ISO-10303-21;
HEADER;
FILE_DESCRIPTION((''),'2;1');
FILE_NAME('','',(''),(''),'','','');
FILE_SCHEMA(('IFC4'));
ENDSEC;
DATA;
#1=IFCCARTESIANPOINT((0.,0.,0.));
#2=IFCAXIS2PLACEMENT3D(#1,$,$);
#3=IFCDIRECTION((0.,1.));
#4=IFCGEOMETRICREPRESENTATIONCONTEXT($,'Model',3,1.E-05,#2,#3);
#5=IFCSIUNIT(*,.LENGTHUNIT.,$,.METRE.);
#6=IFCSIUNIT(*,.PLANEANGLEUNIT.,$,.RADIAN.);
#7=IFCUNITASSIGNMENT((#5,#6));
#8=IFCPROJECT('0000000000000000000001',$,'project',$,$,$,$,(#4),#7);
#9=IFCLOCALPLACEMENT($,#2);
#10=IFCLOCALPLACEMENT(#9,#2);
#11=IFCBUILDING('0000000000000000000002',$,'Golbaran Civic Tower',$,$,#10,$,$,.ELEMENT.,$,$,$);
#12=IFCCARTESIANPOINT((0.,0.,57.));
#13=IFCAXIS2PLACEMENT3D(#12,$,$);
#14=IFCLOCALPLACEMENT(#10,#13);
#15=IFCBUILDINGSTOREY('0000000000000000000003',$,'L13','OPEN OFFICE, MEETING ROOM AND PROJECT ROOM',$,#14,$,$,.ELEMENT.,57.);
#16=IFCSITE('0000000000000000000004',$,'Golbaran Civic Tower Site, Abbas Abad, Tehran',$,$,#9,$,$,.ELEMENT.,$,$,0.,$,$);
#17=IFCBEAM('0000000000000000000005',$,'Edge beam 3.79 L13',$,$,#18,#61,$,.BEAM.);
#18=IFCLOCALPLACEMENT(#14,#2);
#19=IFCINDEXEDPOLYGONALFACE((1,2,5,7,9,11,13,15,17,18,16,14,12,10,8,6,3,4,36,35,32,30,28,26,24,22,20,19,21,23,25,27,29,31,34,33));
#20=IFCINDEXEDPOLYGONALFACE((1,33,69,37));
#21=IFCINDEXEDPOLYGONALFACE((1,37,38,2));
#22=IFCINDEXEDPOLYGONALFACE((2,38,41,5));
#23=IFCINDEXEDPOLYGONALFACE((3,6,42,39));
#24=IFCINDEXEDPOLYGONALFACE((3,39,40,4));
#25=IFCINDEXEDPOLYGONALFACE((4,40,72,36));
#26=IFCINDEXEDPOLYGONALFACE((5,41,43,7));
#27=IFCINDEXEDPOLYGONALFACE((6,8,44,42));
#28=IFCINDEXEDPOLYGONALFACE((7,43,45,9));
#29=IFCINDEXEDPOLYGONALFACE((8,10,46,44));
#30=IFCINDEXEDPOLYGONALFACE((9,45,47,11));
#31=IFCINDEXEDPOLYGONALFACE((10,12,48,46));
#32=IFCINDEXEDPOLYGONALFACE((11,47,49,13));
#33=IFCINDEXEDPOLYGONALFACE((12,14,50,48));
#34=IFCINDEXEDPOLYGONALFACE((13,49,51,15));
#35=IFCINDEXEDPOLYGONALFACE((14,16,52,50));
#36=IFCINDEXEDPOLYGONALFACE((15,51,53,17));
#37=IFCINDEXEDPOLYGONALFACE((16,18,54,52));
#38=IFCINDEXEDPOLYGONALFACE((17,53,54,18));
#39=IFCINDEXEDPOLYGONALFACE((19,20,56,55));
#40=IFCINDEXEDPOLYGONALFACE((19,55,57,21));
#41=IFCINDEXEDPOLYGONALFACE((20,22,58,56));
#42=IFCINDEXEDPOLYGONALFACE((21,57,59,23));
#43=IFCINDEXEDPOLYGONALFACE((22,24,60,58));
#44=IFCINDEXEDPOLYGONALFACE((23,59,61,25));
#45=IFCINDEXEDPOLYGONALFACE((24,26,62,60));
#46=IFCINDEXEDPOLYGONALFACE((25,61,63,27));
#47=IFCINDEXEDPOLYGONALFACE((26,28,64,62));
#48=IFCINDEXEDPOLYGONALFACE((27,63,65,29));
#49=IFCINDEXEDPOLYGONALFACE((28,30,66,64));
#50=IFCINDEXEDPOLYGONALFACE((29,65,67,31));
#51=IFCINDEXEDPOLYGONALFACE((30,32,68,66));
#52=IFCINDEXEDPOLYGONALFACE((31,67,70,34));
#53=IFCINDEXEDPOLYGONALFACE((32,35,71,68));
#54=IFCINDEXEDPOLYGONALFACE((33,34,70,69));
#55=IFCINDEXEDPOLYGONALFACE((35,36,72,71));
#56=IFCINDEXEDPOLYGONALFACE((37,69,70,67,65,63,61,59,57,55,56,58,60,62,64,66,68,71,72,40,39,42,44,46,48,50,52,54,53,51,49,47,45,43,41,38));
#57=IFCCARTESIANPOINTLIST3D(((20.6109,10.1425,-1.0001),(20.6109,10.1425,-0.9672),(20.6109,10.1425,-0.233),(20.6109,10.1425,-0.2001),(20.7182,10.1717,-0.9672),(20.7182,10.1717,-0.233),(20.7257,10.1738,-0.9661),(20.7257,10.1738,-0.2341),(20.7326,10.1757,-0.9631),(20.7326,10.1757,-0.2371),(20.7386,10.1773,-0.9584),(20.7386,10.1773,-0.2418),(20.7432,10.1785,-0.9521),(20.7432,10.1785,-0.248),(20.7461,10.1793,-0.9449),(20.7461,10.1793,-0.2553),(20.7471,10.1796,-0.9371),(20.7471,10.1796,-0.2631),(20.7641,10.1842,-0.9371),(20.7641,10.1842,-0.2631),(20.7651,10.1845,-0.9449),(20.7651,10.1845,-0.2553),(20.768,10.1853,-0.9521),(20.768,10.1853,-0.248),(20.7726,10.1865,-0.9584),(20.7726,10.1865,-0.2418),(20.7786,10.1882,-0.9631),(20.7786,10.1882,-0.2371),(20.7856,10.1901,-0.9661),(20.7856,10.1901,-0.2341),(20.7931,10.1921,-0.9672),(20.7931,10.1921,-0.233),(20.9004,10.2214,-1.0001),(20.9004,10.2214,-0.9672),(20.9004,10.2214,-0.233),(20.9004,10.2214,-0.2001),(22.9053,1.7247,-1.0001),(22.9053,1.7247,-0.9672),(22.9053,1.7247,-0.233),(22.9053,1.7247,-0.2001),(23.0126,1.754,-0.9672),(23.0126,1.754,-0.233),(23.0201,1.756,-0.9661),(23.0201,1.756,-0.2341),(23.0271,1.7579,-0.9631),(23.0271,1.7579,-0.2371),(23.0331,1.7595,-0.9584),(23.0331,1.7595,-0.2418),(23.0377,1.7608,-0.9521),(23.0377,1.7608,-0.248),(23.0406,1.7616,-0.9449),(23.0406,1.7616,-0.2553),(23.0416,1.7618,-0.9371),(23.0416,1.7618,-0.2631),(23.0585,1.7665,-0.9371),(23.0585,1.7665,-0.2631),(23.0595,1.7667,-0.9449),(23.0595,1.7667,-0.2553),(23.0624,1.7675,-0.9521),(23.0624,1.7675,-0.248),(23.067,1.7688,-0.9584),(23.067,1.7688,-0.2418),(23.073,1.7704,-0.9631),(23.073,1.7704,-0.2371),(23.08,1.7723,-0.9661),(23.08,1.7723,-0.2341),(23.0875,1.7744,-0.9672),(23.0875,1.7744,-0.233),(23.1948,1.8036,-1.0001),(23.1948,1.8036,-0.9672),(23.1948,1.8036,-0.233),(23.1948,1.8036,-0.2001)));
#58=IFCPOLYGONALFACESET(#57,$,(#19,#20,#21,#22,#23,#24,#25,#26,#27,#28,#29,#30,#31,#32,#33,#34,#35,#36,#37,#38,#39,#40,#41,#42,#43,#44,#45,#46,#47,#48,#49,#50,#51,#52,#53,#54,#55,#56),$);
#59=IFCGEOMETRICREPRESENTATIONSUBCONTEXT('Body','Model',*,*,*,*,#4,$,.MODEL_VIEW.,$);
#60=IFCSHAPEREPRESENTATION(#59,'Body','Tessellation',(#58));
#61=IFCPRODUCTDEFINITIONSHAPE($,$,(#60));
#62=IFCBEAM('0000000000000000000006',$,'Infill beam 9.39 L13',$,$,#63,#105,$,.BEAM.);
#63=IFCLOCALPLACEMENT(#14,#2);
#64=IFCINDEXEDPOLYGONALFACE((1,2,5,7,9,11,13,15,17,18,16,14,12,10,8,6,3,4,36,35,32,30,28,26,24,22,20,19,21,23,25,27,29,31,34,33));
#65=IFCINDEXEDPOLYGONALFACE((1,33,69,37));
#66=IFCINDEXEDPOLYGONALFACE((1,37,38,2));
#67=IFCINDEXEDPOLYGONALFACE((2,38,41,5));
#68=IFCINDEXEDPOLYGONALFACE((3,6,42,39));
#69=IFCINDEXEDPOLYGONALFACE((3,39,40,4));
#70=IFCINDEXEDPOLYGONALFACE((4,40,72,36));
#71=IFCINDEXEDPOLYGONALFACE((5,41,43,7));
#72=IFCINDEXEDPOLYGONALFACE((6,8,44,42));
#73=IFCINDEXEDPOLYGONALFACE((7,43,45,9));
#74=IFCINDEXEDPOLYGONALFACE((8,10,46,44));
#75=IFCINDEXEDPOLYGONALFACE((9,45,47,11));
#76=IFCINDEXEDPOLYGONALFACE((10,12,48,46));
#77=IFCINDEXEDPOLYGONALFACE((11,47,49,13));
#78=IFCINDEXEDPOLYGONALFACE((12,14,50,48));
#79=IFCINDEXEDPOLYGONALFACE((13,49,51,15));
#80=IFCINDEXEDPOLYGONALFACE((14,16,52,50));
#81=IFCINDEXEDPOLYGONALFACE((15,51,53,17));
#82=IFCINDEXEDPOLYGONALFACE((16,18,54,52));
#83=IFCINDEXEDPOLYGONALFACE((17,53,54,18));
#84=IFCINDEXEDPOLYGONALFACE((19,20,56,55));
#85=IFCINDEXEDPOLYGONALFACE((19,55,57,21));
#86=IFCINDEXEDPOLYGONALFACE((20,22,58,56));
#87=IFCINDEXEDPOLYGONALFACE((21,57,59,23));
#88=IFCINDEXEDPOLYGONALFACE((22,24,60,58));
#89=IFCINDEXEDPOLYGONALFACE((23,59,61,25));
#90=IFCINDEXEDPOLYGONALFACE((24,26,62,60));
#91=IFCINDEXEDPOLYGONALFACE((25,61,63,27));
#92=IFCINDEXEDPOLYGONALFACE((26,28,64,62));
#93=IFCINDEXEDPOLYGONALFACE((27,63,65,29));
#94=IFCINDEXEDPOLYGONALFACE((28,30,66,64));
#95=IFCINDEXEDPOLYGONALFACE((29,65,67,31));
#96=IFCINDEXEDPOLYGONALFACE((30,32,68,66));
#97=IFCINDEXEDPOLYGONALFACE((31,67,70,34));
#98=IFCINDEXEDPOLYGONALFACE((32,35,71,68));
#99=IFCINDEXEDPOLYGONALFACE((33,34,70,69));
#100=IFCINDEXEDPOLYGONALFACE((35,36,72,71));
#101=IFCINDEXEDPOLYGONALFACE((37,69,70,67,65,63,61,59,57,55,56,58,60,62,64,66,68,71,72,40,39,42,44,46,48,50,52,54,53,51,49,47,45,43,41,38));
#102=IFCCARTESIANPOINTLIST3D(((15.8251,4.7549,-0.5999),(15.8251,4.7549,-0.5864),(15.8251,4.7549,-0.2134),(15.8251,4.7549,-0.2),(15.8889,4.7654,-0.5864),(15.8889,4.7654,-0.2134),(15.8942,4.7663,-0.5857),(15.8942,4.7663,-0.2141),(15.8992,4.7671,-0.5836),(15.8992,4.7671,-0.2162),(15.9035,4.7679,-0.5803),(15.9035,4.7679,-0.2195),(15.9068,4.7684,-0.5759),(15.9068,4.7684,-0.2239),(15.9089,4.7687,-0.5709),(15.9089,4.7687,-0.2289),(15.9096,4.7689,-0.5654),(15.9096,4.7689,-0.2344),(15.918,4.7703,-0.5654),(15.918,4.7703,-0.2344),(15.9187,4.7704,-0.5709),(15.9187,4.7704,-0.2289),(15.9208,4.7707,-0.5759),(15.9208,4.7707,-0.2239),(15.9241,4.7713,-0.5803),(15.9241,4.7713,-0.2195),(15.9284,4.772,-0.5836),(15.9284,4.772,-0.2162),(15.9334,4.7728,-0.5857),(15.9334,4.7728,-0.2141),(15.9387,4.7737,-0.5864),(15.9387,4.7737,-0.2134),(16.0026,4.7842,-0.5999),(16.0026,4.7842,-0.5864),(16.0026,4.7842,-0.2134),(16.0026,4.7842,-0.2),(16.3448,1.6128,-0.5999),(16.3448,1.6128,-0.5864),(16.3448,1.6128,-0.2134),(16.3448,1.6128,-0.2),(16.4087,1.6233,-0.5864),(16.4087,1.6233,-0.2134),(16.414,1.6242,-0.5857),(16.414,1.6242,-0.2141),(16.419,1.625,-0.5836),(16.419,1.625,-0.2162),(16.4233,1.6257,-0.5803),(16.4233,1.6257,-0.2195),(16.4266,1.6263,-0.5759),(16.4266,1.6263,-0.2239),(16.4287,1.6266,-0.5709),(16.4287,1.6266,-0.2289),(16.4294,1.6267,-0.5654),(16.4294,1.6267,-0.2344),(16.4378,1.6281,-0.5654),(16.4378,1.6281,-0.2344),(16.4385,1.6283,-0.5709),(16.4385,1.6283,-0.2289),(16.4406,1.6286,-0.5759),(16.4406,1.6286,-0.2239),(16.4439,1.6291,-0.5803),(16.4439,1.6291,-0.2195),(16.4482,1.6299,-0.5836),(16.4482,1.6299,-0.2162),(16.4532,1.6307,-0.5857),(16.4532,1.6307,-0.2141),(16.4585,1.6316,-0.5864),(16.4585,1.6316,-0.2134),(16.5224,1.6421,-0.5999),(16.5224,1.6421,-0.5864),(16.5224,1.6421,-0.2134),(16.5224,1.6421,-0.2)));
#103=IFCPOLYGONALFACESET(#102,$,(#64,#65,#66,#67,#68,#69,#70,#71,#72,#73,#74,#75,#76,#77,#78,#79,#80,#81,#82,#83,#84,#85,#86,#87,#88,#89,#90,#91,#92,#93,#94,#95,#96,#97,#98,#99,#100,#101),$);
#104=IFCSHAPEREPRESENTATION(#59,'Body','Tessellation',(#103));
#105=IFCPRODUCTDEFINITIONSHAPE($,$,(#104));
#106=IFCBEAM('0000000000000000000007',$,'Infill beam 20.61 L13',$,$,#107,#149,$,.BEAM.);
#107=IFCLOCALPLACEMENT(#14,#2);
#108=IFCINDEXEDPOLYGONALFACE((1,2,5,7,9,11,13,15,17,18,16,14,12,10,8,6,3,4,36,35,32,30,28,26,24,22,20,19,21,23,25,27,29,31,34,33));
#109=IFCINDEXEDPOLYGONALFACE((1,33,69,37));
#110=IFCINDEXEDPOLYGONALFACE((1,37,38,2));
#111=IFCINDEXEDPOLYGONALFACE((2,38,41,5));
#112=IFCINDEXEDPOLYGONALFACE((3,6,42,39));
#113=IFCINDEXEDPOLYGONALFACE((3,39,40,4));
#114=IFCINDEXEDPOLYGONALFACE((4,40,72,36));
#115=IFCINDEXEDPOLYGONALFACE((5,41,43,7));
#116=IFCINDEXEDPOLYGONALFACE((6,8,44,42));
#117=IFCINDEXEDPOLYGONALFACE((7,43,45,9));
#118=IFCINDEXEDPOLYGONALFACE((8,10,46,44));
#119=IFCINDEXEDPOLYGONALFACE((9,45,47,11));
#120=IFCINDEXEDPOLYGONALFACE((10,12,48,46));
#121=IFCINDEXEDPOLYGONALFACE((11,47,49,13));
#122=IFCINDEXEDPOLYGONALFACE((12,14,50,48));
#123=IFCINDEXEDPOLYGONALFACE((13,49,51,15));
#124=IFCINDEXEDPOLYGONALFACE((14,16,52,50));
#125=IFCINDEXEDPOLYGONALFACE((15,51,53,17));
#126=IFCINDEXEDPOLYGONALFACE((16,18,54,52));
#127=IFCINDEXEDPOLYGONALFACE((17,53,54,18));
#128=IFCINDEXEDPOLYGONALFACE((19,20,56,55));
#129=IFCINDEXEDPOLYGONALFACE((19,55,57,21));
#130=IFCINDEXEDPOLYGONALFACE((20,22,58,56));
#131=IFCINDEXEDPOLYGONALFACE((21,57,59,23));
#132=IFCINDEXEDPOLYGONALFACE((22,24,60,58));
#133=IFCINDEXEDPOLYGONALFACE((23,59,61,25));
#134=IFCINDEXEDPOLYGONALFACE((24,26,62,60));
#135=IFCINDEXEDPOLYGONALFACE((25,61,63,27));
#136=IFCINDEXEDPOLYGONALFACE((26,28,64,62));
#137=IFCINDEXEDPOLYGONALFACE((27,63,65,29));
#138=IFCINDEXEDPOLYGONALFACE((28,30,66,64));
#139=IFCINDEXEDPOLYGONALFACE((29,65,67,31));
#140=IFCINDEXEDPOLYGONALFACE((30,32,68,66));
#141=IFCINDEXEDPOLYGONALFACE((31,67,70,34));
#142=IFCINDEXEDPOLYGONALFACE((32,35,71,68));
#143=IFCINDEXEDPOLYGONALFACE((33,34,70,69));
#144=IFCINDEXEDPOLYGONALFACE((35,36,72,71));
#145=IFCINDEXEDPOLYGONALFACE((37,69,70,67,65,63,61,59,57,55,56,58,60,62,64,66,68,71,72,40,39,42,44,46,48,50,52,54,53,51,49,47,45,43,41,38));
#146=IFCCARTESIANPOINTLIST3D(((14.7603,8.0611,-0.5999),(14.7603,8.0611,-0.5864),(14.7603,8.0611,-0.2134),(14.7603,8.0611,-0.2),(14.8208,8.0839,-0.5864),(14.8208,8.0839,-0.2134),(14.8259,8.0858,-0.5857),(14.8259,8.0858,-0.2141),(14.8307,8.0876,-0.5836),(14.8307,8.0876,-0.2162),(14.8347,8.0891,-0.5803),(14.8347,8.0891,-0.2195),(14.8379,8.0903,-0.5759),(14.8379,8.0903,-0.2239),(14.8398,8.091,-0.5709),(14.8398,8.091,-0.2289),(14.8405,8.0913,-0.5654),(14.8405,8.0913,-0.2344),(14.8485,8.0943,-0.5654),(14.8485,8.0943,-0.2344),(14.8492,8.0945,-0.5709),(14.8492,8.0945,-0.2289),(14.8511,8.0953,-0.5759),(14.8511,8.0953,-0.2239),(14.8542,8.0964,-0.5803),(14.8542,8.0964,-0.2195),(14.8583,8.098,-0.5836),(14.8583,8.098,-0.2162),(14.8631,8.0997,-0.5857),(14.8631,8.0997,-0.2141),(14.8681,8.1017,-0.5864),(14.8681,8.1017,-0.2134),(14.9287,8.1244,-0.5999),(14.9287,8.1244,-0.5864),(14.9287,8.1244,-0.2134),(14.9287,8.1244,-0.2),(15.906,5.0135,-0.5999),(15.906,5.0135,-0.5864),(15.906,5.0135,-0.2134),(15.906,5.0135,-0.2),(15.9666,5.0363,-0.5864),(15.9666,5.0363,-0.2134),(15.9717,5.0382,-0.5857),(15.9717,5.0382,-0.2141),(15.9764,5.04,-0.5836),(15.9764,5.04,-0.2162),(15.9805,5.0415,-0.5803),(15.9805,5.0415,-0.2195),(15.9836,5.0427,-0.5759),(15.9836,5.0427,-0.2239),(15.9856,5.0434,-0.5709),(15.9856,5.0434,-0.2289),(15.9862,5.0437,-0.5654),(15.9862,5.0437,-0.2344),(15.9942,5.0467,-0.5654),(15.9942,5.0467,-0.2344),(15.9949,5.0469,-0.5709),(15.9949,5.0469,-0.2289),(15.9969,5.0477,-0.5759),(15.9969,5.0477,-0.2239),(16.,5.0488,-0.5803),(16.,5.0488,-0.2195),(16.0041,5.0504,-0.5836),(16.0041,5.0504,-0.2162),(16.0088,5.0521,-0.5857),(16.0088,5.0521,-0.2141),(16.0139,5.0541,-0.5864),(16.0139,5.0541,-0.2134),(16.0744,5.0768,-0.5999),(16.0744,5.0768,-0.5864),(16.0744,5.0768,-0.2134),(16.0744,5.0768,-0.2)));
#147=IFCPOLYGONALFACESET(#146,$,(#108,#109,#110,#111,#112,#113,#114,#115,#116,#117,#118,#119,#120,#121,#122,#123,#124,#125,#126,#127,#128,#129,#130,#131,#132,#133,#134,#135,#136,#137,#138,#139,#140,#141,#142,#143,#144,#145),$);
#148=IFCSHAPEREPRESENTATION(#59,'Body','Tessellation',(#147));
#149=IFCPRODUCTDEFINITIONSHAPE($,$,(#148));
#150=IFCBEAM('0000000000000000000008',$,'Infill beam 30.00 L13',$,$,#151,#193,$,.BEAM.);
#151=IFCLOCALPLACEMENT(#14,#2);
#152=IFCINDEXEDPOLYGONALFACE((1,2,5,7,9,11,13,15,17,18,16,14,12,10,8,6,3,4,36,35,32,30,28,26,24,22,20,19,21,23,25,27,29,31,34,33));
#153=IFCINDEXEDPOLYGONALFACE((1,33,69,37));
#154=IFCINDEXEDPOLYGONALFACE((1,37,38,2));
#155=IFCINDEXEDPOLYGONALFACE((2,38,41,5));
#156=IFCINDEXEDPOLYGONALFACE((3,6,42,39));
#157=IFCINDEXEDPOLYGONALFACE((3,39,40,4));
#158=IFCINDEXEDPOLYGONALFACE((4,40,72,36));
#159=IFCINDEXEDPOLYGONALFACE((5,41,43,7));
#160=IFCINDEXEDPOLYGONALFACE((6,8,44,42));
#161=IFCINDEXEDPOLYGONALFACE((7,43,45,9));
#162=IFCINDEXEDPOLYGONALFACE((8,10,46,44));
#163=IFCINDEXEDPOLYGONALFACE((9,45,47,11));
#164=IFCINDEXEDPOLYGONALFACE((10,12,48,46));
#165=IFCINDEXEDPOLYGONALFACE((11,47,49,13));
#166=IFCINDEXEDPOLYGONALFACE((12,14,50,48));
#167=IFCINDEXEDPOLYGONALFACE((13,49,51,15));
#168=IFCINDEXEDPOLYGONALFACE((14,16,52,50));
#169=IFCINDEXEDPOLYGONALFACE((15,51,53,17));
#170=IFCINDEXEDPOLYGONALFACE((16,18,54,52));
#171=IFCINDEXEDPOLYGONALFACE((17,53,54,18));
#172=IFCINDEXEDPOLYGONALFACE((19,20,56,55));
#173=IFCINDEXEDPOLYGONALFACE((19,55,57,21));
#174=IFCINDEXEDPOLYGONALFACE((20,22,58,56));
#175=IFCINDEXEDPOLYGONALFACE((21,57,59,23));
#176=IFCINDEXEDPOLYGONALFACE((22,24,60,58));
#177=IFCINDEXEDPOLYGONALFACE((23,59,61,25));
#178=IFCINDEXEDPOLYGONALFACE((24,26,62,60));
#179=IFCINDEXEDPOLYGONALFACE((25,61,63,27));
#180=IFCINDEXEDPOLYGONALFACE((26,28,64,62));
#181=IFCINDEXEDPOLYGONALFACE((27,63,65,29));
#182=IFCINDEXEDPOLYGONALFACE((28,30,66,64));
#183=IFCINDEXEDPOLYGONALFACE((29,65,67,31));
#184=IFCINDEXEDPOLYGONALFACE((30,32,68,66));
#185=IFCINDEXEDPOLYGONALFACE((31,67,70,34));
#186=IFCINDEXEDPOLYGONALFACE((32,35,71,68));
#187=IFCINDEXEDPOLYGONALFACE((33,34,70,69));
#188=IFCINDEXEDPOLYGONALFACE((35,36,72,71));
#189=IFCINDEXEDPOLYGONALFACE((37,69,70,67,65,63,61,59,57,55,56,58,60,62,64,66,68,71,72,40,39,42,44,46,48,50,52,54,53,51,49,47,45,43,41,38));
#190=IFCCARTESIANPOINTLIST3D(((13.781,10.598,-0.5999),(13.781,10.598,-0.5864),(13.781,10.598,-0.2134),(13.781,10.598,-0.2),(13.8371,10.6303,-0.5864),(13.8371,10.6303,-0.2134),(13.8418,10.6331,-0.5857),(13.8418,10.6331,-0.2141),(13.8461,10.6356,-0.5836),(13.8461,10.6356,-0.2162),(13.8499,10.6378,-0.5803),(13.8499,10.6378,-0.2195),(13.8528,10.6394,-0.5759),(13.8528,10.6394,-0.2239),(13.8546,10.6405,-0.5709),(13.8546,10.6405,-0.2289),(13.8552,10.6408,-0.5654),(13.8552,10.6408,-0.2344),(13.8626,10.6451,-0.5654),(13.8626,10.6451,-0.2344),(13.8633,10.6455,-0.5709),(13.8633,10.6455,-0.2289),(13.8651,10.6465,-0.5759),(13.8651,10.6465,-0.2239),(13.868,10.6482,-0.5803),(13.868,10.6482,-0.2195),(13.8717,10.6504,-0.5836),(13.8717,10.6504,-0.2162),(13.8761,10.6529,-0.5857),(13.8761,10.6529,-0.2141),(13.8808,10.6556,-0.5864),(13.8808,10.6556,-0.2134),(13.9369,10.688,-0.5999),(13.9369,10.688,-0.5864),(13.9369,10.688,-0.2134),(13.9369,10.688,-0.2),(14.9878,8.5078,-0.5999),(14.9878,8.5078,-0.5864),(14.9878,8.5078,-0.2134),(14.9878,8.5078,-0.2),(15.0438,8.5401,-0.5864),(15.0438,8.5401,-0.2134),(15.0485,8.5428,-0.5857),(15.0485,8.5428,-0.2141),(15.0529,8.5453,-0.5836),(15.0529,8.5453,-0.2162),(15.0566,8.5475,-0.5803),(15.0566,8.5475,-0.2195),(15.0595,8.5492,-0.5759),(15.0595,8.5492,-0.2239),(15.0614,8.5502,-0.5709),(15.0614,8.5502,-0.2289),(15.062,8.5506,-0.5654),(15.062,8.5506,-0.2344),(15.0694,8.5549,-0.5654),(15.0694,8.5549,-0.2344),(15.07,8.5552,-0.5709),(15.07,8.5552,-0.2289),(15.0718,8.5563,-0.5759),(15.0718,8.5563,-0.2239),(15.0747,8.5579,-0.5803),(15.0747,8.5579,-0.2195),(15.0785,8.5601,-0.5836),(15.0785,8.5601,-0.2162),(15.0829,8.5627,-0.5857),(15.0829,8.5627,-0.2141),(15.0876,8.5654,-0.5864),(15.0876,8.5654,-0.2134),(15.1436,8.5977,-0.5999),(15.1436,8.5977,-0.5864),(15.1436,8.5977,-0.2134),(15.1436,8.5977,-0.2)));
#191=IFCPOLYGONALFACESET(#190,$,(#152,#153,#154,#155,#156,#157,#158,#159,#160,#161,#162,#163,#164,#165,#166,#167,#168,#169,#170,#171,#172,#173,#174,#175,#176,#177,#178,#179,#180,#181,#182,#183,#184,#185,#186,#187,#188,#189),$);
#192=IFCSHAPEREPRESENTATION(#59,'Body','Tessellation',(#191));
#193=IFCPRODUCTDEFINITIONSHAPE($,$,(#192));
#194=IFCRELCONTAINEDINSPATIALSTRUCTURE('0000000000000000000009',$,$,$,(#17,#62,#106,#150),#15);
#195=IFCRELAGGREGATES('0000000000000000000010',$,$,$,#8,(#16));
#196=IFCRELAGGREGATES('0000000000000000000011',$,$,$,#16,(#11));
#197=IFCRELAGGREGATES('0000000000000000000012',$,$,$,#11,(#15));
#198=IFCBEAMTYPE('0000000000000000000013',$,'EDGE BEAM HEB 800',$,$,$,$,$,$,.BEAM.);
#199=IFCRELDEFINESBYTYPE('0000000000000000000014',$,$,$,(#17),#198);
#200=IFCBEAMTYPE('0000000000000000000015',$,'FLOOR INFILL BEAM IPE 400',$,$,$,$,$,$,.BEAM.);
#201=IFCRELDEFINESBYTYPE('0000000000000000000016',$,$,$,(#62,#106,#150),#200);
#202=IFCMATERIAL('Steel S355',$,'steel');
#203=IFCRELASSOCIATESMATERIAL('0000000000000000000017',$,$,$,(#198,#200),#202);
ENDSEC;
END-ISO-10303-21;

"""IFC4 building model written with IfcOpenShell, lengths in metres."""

from ifc_helpers import new_model, si_unit, direction, frame, origin, origin_2d, place, context, subcontext, project, spatial, i_section, extrude, material, material_profile, profile_set, type_object, element, save


model = new_model("IFC4")

# Units and contexts
model_context = context("Model", 3, precision=1e-05, world=origin(), true_north=direction((0.0, 1.0)))
body_context = subcontext(model_context, "Body", "Model", "MODEL_VIEW")
ifc_project = project(units=[si_unit("LENGTHUNIT", "METRE"), si_unit("PLANEANGLEUNIT", "RADIAN")], contexts=[model_context])

# Site, building, storey
site_placement = place(None, origin())
site = spatial("IfcSite", under=ifc_project, at=site_placement, Name="Golbaran Civic Tower Site, Abbas Abad, Tehran", CompositionType="ELEMENT", RefElevation=0.0)
building_placement = place(site_placement, origin())
building = spatial("IfcBuilding", under=site, at=building_placement, Name="Golbaran Civic Tower", CompositionType="ELEMENT")
storey_placement = place(building_placement, frame((0.0, 0.0, 57.0)))
storey = spatial("IfcBuildingStorey", under=building, at=storey_placement, Name="L13", Description="OPEN OFFICE, MEETING ROOM AND PROJECT ROOM", CompositionType="ELEMENT", Elevation=57.0)

# Beams
ifc_material_1 = material(Name="Steel S355", Category="steel")
ifc_material_profile_1 = material_profile(ifc_material_1, i_section(OverallWidth=0.3, OverallDepth=0.8, WebThickness=0.0176, FlangeThickness=0.033, FilletRadius=0.03, at=origin_2d()), Name="HEB 800")
ifc_profile_set_1 = profile_set([ifc_material_profile_1], Name="Steel S355")
beam_type_1 = type_object("IfcBeamType", Name="EDGE BEAM HEB 800", PredefinedType="BEAM", material=ifc_profile_set_1)
beam_1_placement = place(storey_placement, frame((23.05, 1.7642, -0.6001), z_axis=(-0.262978, 0.964802, 0.0), x_axis=(-0.964802, -0.262978, 0.0)))
element("IfcBeam", 1, at=beam_1_placement, inside=storey, type_object=beam_type_1, Name="Edge beam 3.79 L13", PredefinedType="BEAM", context=body_context, shape_type="SweptSolid", body=[
    extrude(i_section(OverallWidth=0.3, OverallDepth=0.8, WebThickness=0.0176, FlangeThickness=0.033, FilletRadius=0.03, at=origin_2d()), origin(), (0.0, 0.0, 1.0), 8.7249),
])
ifc_material_profile_2 = material_profile(ifc_material_1, i_section(OverallWidth=0.1799, OverallDepth=0.3999, WebThickness=0.0085, FlangeThickness=0.0134, FilletRadius=0.021, at=origin_2d()), Name="IPE 400")
ifc_profile_set_2 = profile_set([ifc_material_profile_2], Name="Steel S355")
beam_type_2 = type_object("IfcBeamType", Name="FLOOR INFILL BEAM IPE 400", PredefinedType="BEAM", material=ifc_profile_set_2)
beam_2_placement = place(storey_placement, frame((16.4336, 1.6274, -0.3999), z_axis=(-0.163205, 0.986592, 0.0), x_axis=(-0.986592, -0.163205, 0.0)))
element("IfcBeam", 2, at=beam_2_placement, inside=storey, type_object=beam_type_2, Name="Infill beam 9.39 L13", PredefinedType="BEAM", context=body_context, shape_type="SweptSolid", body=[
    extrude(i_section(OverallWidth=0.1799, OverallDepth=0.3999, WebThickness=0.0085, FlangeThickness=0.0134, FilletRadius=0.021, at=origin_2d()), origin(), (0.0, 0.0, 1.0), 3.1848),
])
beam_3_placement = place(storey_placement, frame((15.9902, 5.0452, -0.3999), z_axis=(-0.351904, 0.936036, 0.0), x_axis=(-0.936036, -0.351904, 0.0)))
element("IfcBeam", 3, at=beam_3_placement, inside=storey, type_object=beam_type_2, Name="Infill beam 20.61 L13", PredefinedType="BEAM", context=body_context, shape_type="SweptSolid", body=[
    extrude(i_section(OverallWidth=0.1799, OverallDepth=0.3999, WebThickness=0.0085, FlangeThickness=0.0134, FilletRadius=0.021, at=origin_2d()), origin(), (0.0, 0.0, 1.0), 3.2559),
])
beam_4_placement = place(storey_placement, frame((15.0657, 8.5527, -0.3999), z_axis=(-0.499979, 0.866037, 0.0), x_axis=(-0.866037, -0.499979, 0.0)))
element("IfcBeam", 4, at=beam_4_placement, inside=storey, type_object=beam_type_2, Name="Infill beam 30.00 L13", PredefinedType="BEAM", context=body_context, shape_type="SweptSolid", body=[
    extrude(i_section(OverallWidth=0.1799, OverallDepth=0.3999, WebThickness=0.0085, FlangeThickness=0.0134, FilletRadius=0.021, at=origin_2d()), origin(), (0.0, 0.0, 1.0), 2.4136),
])

save(model, "model.ifc")
